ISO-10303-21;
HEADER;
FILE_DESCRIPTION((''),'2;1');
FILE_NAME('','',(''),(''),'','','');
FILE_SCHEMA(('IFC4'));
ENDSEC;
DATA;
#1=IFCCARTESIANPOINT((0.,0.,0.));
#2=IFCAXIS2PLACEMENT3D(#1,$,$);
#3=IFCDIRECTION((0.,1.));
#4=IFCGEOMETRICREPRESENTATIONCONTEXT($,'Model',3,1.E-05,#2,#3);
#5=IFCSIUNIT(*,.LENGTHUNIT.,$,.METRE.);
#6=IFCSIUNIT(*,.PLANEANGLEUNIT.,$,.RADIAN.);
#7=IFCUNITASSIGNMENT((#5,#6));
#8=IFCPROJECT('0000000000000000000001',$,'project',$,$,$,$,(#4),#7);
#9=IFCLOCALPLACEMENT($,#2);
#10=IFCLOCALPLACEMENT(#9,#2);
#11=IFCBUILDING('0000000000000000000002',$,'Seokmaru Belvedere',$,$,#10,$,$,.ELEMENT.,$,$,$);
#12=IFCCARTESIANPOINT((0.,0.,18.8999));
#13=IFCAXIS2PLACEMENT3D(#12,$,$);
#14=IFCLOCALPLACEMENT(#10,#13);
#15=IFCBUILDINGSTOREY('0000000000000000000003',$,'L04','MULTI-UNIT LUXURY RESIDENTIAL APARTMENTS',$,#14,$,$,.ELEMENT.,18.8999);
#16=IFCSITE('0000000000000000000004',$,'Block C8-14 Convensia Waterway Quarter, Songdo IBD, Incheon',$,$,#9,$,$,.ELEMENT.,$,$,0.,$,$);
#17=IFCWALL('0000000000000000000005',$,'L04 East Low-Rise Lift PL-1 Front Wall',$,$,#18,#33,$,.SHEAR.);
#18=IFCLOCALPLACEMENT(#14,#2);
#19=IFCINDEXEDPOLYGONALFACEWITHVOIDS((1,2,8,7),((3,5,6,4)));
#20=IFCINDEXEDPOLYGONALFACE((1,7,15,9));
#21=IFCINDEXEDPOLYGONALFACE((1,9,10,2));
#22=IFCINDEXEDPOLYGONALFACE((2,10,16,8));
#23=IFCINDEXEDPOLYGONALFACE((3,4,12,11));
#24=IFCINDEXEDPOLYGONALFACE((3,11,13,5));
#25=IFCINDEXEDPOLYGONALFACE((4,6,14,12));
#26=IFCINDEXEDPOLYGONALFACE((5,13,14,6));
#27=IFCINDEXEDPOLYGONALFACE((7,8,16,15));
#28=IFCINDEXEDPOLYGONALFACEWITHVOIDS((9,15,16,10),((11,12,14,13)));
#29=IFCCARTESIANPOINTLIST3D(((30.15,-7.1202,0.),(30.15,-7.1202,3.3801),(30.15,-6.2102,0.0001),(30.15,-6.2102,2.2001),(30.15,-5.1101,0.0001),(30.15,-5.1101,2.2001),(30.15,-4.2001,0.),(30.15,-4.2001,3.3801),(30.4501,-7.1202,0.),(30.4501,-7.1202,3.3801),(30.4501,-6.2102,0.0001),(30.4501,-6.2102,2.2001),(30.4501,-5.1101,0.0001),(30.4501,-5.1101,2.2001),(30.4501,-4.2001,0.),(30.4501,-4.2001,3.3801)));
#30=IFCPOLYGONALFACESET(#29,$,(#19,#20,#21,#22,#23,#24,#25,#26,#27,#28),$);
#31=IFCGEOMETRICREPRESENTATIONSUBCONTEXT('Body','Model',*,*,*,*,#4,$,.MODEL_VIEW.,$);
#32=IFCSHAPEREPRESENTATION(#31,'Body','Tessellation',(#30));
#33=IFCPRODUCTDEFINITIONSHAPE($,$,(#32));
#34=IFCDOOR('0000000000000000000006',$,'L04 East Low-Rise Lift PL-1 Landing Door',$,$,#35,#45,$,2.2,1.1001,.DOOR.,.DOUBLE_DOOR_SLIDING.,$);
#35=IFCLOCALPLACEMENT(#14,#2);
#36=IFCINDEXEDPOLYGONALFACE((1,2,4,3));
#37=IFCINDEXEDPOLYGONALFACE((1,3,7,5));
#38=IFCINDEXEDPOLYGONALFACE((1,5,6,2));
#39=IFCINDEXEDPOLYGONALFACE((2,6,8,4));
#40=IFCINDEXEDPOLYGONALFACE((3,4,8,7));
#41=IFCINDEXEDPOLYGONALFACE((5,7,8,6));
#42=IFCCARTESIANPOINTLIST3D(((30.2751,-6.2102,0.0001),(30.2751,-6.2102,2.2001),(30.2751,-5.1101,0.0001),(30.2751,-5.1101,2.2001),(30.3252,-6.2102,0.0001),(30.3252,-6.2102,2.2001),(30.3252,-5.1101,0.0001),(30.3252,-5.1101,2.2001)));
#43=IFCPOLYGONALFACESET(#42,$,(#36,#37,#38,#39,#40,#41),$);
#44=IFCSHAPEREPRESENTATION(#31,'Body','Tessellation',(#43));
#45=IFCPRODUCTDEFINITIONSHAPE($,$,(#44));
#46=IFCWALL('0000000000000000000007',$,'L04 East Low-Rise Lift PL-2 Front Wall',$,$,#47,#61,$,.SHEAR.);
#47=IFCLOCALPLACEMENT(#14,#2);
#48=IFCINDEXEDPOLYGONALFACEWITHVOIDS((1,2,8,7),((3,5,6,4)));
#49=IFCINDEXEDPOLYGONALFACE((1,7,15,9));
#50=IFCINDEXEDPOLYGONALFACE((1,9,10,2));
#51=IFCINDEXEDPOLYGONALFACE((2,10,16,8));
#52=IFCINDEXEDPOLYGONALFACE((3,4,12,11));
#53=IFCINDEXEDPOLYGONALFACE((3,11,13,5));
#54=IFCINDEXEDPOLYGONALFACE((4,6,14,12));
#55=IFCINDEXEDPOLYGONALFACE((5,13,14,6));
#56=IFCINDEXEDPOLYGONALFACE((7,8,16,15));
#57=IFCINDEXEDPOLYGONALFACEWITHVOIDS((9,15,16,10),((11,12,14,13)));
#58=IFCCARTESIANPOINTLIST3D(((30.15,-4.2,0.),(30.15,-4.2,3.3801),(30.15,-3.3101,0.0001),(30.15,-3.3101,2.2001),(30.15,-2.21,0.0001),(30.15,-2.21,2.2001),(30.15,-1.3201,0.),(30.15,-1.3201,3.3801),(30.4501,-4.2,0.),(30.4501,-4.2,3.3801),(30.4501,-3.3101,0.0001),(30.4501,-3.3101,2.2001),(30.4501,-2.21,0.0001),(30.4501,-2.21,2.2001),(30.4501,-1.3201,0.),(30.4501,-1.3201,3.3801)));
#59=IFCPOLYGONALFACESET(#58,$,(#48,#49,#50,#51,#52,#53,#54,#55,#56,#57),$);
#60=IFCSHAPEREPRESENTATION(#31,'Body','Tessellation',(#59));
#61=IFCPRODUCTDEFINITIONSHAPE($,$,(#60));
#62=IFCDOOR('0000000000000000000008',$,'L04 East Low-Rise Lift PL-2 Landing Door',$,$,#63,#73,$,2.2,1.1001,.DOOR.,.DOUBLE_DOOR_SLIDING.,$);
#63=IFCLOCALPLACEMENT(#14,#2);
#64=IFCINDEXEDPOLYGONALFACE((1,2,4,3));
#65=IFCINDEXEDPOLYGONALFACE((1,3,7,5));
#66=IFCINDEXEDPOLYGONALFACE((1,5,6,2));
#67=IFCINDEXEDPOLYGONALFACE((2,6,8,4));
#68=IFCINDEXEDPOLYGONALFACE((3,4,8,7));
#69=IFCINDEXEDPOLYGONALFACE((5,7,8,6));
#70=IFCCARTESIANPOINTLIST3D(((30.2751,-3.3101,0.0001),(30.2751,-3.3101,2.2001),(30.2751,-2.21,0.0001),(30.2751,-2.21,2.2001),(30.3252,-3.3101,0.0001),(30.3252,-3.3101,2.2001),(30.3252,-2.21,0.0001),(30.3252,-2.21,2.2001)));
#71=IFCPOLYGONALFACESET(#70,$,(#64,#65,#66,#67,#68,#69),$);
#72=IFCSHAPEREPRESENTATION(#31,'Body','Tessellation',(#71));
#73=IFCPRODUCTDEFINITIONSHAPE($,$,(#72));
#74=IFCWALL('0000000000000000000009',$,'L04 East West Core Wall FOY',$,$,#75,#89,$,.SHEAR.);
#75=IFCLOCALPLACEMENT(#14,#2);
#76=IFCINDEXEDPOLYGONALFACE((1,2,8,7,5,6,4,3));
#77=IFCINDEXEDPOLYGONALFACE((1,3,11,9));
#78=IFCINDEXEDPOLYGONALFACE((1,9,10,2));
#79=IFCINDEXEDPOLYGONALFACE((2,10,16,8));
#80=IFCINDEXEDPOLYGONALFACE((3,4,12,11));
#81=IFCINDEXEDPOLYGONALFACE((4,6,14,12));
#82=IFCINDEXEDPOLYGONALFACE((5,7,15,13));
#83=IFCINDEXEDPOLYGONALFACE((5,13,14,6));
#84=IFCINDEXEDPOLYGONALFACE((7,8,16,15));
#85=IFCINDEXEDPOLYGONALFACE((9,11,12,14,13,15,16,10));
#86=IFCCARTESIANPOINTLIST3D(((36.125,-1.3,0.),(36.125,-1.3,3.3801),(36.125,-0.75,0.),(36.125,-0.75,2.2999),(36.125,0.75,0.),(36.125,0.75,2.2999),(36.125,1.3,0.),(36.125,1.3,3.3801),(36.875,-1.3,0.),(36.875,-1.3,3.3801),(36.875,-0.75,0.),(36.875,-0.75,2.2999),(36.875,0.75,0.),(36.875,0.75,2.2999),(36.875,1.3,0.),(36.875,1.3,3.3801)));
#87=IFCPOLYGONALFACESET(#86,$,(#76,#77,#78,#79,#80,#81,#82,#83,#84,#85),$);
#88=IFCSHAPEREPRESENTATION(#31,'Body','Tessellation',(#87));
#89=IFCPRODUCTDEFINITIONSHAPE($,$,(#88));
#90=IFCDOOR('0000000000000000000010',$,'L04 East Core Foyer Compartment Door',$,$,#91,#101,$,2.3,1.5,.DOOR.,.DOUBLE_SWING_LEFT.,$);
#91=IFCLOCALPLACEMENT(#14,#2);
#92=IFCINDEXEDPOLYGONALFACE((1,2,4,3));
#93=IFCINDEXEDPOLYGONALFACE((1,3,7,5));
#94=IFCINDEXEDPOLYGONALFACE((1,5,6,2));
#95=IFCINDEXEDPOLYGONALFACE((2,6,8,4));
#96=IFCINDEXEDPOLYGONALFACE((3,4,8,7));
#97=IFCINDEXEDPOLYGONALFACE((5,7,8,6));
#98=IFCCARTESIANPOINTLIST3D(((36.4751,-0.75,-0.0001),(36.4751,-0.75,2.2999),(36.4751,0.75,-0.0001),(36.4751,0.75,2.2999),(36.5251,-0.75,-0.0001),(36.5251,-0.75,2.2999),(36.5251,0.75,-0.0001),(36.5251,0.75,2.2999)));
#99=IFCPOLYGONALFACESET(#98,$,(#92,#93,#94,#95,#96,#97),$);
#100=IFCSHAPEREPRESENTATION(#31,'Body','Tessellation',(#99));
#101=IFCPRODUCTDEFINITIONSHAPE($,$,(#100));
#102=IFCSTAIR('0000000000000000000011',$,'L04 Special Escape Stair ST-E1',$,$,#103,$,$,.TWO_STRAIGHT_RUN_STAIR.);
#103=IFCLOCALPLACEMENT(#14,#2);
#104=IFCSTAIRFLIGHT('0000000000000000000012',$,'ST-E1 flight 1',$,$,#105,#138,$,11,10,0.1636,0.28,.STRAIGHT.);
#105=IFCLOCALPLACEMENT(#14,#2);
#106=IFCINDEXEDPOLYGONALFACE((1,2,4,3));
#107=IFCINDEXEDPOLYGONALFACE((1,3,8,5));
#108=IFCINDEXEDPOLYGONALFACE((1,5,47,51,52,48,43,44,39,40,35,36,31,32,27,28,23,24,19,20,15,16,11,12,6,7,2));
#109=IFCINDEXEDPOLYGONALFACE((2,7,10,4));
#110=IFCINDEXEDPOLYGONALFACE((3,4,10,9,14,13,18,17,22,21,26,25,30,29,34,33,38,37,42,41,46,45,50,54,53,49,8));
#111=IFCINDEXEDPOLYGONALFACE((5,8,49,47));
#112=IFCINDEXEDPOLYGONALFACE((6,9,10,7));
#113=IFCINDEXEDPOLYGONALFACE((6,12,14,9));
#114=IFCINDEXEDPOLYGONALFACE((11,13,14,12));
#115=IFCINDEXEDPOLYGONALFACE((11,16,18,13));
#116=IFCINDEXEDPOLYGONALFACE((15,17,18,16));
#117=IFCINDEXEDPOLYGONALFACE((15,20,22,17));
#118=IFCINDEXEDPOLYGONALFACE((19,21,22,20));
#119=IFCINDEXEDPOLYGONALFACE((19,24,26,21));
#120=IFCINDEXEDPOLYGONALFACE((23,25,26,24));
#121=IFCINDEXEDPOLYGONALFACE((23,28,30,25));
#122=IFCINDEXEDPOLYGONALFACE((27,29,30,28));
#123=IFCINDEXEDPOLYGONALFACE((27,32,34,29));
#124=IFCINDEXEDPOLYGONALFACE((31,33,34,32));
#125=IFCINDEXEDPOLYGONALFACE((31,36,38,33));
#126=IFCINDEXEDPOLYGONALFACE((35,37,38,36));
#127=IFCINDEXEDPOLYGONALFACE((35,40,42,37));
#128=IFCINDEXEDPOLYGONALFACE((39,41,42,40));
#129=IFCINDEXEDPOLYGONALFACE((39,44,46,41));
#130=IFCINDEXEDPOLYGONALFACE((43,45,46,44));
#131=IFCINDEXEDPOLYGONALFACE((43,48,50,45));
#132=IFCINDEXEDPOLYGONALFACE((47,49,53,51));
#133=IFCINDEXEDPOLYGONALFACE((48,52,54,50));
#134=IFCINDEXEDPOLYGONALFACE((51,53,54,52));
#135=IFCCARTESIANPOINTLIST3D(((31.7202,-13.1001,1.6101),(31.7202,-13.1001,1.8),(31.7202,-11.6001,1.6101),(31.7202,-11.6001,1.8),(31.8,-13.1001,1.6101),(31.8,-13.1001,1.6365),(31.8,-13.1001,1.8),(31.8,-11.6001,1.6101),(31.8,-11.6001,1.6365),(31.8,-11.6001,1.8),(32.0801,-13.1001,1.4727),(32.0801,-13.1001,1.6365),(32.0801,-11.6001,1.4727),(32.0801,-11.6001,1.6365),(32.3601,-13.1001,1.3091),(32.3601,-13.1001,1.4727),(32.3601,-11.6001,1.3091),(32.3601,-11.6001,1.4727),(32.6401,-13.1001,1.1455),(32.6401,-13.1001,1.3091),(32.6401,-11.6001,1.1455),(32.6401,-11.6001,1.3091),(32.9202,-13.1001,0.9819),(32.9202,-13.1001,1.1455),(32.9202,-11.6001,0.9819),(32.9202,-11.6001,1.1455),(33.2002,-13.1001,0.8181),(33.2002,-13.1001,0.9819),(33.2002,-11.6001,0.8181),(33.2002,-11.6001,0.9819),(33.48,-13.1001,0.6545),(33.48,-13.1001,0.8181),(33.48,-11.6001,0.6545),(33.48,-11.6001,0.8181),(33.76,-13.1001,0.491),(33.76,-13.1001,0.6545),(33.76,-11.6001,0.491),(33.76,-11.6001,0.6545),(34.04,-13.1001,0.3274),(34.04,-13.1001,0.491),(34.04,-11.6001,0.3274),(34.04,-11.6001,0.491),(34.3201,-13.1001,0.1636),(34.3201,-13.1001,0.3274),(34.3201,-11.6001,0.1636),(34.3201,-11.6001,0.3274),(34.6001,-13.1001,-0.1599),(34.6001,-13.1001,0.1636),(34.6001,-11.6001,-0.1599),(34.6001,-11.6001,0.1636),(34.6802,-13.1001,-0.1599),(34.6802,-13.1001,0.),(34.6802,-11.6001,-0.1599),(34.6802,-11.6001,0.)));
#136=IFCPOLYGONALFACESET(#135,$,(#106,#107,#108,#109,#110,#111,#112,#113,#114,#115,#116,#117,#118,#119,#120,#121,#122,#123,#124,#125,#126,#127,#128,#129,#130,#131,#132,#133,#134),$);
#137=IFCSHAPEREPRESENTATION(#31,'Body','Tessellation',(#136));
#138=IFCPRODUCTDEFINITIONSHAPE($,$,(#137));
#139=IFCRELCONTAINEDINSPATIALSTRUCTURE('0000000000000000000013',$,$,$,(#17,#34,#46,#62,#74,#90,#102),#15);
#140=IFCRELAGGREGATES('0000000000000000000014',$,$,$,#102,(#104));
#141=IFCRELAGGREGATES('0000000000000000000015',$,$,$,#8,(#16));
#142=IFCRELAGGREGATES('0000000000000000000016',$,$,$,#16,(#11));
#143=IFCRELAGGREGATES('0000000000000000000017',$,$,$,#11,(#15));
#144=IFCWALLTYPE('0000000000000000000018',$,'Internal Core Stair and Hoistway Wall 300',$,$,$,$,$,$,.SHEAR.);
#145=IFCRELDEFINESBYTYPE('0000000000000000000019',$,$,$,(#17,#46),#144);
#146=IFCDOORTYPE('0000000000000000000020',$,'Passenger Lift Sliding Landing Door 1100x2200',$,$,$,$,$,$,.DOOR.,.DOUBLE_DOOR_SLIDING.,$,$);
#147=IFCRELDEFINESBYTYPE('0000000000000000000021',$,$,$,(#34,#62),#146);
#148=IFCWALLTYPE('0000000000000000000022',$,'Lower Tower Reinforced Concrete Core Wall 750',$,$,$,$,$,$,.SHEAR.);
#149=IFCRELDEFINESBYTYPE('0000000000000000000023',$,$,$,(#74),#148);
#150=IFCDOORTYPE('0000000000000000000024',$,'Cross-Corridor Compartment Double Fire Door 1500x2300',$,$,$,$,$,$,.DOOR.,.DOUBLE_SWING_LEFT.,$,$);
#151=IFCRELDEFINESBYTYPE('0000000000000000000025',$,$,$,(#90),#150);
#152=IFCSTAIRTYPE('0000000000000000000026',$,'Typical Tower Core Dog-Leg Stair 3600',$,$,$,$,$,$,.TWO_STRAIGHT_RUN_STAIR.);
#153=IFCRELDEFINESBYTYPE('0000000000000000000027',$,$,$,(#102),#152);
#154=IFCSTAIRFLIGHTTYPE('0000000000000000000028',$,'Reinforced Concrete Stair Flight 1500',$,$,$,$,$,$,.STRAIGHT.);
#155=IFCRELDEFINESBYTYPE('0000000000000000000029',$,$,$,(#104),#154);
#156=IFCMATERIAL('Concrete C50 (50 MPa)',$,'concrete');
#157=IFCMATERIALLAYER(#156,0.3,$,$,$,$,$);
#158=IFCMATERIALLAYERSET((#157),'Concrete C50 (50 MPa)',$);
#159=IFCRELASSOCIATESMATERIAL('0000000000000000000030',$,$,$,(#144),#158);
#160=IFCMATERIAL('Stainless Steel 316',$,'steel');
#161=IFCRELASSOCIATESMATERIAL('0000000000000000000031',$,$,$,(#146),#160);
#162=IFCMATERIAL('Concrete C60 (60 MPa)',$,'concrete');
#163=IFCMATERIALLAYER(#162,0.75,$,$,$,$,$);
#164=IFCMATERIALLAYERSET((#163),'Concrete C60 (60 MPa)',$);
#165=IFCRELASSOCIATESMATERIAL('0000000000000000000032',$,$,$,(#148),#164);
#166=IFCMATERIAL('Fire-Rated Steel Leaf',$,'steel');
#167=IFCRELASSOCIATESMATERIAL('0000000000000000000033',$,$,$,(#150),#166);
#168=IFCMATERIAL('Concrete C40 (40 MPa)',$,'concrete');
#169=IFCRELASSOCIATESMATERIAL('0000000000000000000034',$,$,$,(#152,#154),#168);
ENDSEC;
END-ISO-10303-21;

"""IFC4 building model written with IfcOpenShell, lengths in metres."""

from ifc_helpers import new_model, si_unit, direction, frame, frame_2d, origin, place, context, subcontext, project, spatial, polyline, rectangle, outline, extrude, source, transform, mapped, material, layer, layer_set, type_object, type_shapes, element, fill, aggregate, save


model = new_model("IFC4")

# Units and contexts
model_context = context("Model", 3, precision=1e-05, world=origin(), true_north=direction((0.0, 1.0)))
body_context = subcontext(model_context, "Body", "Model", "MODEL_VIEW")
ifc_project = project(units=[si_unit("LENGTHUNIT", "METRE"), si_unit("PLANEANGLEUNIT", "RADIAN")], contexts=[model_context])

# Site, building, storey
site_placement = place(None, origin())
site = spatial("IfcSite", under=ifc_project, at=site_placement, Name="Block C8-14 Convensia Waterway Quarter, Songdo IBD, Incheon", CompositionType="ELEMENT", RefElevation=0.0)
building_placement = place(site_placement, origin())
building = spatial("IfcBuilding", under=site, at=building_placement, Name="Seokmaru Belvedere", CompositionType="ELEMENT")
storey_placement = place(building_placement, frame((0.0, 0.0, 18.8999)))
storey = spatial("IfcBuildingStorey", under=building, at=storey_placement, Name="L04", Description="MULTI-UNIT LUXURY RESIDENTIAL APARTMENTS", CompositionType="ELEMENT", Elevation=18.8999)

# Shared definitions
ifc_material_1 = material(Name="Fire-Rated Steel Leaf", Category="steel")

# Walls, openings, doors
ifc_material_2 = material(Name="Concrete C50 (50 MPa)", Category="concrete")
ifc_layer_1 = layer(ifc_material_2, 0.3)
ifc_layer_set_1 = layer_set([ifc_layer_1], Name="Concrete C50 (50 MPa)")
wall_type_1 = type_object("IfcWallType", Name="Internal Core Stair and Hoistway Wall 300", PredefinedType="SHEAR", material=ifc_layer_set_1)
ifc_material_3 = material(Name="Stainless Steel 316", Category="steel")
wall_1_placement = place(storey_placement, frame((30.3, -7.1201, 0.0), z_axis=(0.0, 0.0, 1.0), x_axis=(0.0, 1.0, 0.0)))
wall_1 = element("IfcWall", 1, at=wall_1_placement, inside=storey, type_object=wall_type_1, Name="L04 East Low-Rise Lift PL-1 Front Wall", PredefinedType="SHEAR", context=body_context, shape_type="SweptSolid", body=[
    extrude(rectangle(XDim=2.9202, YDim=0.3, at=frame_2d((1.46, 0.0))), origin(), (0.0, 0.0, 1.0), 3.3801),
])
opening_1_placement = place(wall_1_placement, frame((0.9099, 0.0, 0.0)))
opening_1 = element("IfcOpeningElement", 2, at=opening_1_placement, cuts=wall_1, PredefinedType="OPENING", context=body_context, shape_type="SweptSolid", body=[
    extrude(rectangle(XDim=1.1001, YDim=2.2, at=frame_2d((0.55, 1.1001))), frame((0.0, 0.1602, 0.0), z_axis=(0.0, -1.0, 0.0), x_axis=(1.0, 0.0, 0.0)), (0.0, 0.0, 1.0), 0.3201),
])
door_type_1 = type_object("IfcDoorType", Name="Passenger Lift Sliding Landing Door 1100x2200", OperationType="DOUBLE_DOOR_SLIDING", PredefinedType="DOOR", material=ifc_material_3)
shared_shape_1 = source(origin(), body_context, "Body", "SweptSolid", [
    extrude(rectangle(XDim=1.1001, YDim=2.2, at=frame_2d((0.55, 1.1001))), frame((0.0, 0.0249, 0.0), z_axis=(0.0, -1.0, 0.0), x_axis=(1.0, 0.0, 0.0)), (0.0, 0.0, 1.0), 0.05),
])
type_shapes(door_type_1, [shared_shape_1])
door_1_placement = place(opening_1_placement, origin())
door_1 = element("IfcDoor", 3, at=door_1_placement, inside=storey, type_object=door_type_1, Name="L04 East Low-Rise Lift PL-1 Landing Door", OperationType="DOUBLE_DOOR_SLIDING", OverallHeight=2.2, OverallWidth=1.1001, PredefinedType="DOOR", context=body_context, shape_type="MappedRepresentation", body=[
    mapped(shared_shape_1, transform((0.0, 0.0, 0.0), scale=1.0)),
])
fill(opening_1, door_1)
wall_2_placement = place(storey_placement, frame((30.3, -4.2, 0.0), z_axis=(0.0, 0.0, 1.0), x_axis=(0.0, 1.0, 0.0)))
wall_2 = element("IfcWall", 4, at=wall_2_placement, inside=storey, type_object=wall_type_1, Name="L04 East Low-Rise Lift PL-2 Front Wall", PredefinedType="SHEAR", context=body_context, shape_type="SweptSolid", body=[
    extrude(rectangle(XDim=2.8799, YDim=0.3, at=frame_2d((1.4399, 0.0))), origin(), (0.0, 0.0, 1.0), 3.3801),
])
opening_2_placement = place(wall_2_placement, frame((0.8899, 0.0, 0.0)))
opening_2 = element("IfcOpeningElement", 5, at=opening_2_placement, cuts=wall_2, PredefinedType="OPENING", context=body_context, shape_type="SweptSolid", body=[
    extrude(rectangle(XDim=1.1001, YDim=2.2, at=frame_2d((0.55, 1.1001))), frame((0.0, 0.1602, 0.0), z_axis=(0.0, -1.0, 0.0), x_axis=(1.0, 0.0, 0.0)), (0.0, 0.0, 1.0), 0.3201),
])
door_2_placement = place(opening_2_placement, origin())
door_2 = element("IfcDoor", 6, at=door_2_placement, inside=storey, type_object=door_type_1, Name="L04 East Low-Rise Lift PL-2 Landing Door", OperationType="DOUBLE_DOOR_SLIDING", OverallHeight=2.2, OverallWidth=1.1001, PredefinedType="DOOR", context=body_context, shape_type="MappedRepresentation", body=[
    mapped(shared_shape_1, transform((0.0, 0.0, 0.0), scale=1.0)),
])
fill(opening_2, door_2)
ifc_material_4 = material(Name="Concrete C60 (60 MPa)", Category="concrete")
ifc_layer_2 = layer(ifc_material_4, 0.75)
ifc_layer_set_2 = layer_set([ifc_layer_2], Name="Concrete C60 (60 MPa)")
wall_type_2 = type_object("IfcWallType", Name="Lower Tower Reinforced Concrete Core Wall 750", PredefinedType="SHEAR", material=ifc_layer_set_2)
wall_3_placement = place(storey_placement, frame((36.5, -1.3, 0.0), z_axis=(0.0, 0.0, 1.0), x_axis=(0.0, 1.0, 0.0)))
wall_3 = element("IfcWall", 7, at=wall_3_placement, inside=storey, type_object=wall_type_2, Name="L04 East West Core Wall FOY", PredefinedType="SHEAR", context=body_context, shape_type="SweptSolid", body=[
    extrude(rectangle(XDim=2.6001, YDim=0.75, at=frame_2d((1.3, 0.0))), origin(), (0.0, 0.0, 1.0), 3.3801),
])
opening_3_placement = place(wall_3_placement, frame((0.55, 0.0, 0.0)))
opening_3 = element("IfcOpeningElement", 8, at=opening_3_placement, cuts=wall_3, PredefinedType="OPENING", context=body_context, shape_type="SweptSolid", body=[
    extrude(rectangle(XDim=1.5, YDim=2.3, at=frame_2d((0.75, 1.1499))), frame((0.0, 0.385, 0.0), z_axis=(0.0, -1.0, 0.0), x_axis=(1.0, 0.0, 0.0)), (0.0, 0.0, 1.0), 0.77),
])
door_type_2 = type_object("IfcDoorType", Name="Cross-Corridor Compartment Double Fire Door 1500x2300", OperationType="DOUBLE_SWING_LEFT", PredefinedType="DOOR", material=ifc_material_1)
shared_shape_2 = source(origin(), body_context, "Body", "SweptSolid", [
    extrude(rectangle(XDim=1.5, YDim=2.3, at=frame_2d((0.75, 1.1499))), frame((0.0, 0.0249, 0.0), z_axis=(0.0, -1.0, 0.0), x_axis=(1.0, 0.0, 0.0)), (0.0, 0.0, 1.0), 0.05),
])
type_shapes(door_type_2, [shared_shape_2])
door_3_placement = place(opening_3_placement, origin())
door_3 = element("IfcDoor", 9, at=door_3_placement, inside=storey, type_object=door_type_2, Name="L04 East Core Foyer Compartment Door", OperationType="DOUBLE_SWING_LEFT", OverallHeight=2.3, OverallWidth=1.5, PredefinedType="DOOR", context=body_context, shape_type="MappedRepresentation", body=[
    mapped(shared_shape_2, transform((0.0, 0.0, 0.0), scale=1.0)),
])
fill(opening_3, door_3)

# Stair, stair flight
ifc_material_5 = material(Name="Concrete C40 (40 MPa)", Category="concrete")
stair_type = type_object("IfcStairType", Name="Typical Tower Core Dog-Leg Stair 3600", PredefinedType="TWO_STRAIGHT_RUN_STAIR", material=ifc_material_5)
stair_placement = place(storey_placement, origin())
stair = element("IfcStair", 10, at=stair_placement, inside=storey, type_object=stair_type, Name="L04 Special Escape Stair ST-E1", PredefinedType="TWO_STRAIGHT_RUN_STAIR")
stair_flight_type = type_object("IfcStairFlightType", Name="Reinforced Concrete Stair Flight 1500", PredefinedType="STRAIGHT", material=ifc_material_5)
stair_flight_1_placement = place(storey_placement, frame((34.6001, -12.3501, 0.0), z_axis=(0.0, 0.0, 1.0), x_axis=(-1.0, 0.0, 0.0)))
stair_flight_1 = element("IfcStairFlight", 11, at=stair_flight_1_placement, type_object=stair_flight_type, Name="ST-E1 flight 1", NumberOfRisers=11, NumberOfTreads=10, PredefinedType="STRAIGHT", RiserHeight=0.1636, TreadLength=0.28, context=body_context, shape_type="SweptSolid", body=[
    extrude(outline(polyline([(-0.0801, 0.0), (0.0, 0.1636), (0.28, 0.1636), (0.28, 0.3274), (0.5601, 0.3274), (0.5601, 0.491), (0.8401, 0.491), (0.8401, 0.6545), (1.1201, 0.6545), (1.1201, 0.8181), (1.3999, 0.8181), (1.3999, 0.9819), (1.6799, 0.9819), (1.6799, 1.1455), (1.96, 1.1455), (1.96, 1.3091), (2.24, 1.3091), (2.24, 1.4727), (2.52, 1.4727), (2.52, 1.6365), (2.8, 1.6365), (2.8, 1.8), (2.8799, 1.8), (2.8799, 1.6101), (2.8, 1.6101), (0.0, -0.1599), (-0.0801, -0.1599), (-0.0801, 0.0)])), frame((0.0, 0.75, 0.0), z_axis=(0.0, -1.0, 0.0), x_axis=(1.0, 0.0, 0.0)), (0.0, 0.0, 1.0), 1.5),
])
aggregate(stair, [stair_flight_1])

save(model, "model.ifc")
